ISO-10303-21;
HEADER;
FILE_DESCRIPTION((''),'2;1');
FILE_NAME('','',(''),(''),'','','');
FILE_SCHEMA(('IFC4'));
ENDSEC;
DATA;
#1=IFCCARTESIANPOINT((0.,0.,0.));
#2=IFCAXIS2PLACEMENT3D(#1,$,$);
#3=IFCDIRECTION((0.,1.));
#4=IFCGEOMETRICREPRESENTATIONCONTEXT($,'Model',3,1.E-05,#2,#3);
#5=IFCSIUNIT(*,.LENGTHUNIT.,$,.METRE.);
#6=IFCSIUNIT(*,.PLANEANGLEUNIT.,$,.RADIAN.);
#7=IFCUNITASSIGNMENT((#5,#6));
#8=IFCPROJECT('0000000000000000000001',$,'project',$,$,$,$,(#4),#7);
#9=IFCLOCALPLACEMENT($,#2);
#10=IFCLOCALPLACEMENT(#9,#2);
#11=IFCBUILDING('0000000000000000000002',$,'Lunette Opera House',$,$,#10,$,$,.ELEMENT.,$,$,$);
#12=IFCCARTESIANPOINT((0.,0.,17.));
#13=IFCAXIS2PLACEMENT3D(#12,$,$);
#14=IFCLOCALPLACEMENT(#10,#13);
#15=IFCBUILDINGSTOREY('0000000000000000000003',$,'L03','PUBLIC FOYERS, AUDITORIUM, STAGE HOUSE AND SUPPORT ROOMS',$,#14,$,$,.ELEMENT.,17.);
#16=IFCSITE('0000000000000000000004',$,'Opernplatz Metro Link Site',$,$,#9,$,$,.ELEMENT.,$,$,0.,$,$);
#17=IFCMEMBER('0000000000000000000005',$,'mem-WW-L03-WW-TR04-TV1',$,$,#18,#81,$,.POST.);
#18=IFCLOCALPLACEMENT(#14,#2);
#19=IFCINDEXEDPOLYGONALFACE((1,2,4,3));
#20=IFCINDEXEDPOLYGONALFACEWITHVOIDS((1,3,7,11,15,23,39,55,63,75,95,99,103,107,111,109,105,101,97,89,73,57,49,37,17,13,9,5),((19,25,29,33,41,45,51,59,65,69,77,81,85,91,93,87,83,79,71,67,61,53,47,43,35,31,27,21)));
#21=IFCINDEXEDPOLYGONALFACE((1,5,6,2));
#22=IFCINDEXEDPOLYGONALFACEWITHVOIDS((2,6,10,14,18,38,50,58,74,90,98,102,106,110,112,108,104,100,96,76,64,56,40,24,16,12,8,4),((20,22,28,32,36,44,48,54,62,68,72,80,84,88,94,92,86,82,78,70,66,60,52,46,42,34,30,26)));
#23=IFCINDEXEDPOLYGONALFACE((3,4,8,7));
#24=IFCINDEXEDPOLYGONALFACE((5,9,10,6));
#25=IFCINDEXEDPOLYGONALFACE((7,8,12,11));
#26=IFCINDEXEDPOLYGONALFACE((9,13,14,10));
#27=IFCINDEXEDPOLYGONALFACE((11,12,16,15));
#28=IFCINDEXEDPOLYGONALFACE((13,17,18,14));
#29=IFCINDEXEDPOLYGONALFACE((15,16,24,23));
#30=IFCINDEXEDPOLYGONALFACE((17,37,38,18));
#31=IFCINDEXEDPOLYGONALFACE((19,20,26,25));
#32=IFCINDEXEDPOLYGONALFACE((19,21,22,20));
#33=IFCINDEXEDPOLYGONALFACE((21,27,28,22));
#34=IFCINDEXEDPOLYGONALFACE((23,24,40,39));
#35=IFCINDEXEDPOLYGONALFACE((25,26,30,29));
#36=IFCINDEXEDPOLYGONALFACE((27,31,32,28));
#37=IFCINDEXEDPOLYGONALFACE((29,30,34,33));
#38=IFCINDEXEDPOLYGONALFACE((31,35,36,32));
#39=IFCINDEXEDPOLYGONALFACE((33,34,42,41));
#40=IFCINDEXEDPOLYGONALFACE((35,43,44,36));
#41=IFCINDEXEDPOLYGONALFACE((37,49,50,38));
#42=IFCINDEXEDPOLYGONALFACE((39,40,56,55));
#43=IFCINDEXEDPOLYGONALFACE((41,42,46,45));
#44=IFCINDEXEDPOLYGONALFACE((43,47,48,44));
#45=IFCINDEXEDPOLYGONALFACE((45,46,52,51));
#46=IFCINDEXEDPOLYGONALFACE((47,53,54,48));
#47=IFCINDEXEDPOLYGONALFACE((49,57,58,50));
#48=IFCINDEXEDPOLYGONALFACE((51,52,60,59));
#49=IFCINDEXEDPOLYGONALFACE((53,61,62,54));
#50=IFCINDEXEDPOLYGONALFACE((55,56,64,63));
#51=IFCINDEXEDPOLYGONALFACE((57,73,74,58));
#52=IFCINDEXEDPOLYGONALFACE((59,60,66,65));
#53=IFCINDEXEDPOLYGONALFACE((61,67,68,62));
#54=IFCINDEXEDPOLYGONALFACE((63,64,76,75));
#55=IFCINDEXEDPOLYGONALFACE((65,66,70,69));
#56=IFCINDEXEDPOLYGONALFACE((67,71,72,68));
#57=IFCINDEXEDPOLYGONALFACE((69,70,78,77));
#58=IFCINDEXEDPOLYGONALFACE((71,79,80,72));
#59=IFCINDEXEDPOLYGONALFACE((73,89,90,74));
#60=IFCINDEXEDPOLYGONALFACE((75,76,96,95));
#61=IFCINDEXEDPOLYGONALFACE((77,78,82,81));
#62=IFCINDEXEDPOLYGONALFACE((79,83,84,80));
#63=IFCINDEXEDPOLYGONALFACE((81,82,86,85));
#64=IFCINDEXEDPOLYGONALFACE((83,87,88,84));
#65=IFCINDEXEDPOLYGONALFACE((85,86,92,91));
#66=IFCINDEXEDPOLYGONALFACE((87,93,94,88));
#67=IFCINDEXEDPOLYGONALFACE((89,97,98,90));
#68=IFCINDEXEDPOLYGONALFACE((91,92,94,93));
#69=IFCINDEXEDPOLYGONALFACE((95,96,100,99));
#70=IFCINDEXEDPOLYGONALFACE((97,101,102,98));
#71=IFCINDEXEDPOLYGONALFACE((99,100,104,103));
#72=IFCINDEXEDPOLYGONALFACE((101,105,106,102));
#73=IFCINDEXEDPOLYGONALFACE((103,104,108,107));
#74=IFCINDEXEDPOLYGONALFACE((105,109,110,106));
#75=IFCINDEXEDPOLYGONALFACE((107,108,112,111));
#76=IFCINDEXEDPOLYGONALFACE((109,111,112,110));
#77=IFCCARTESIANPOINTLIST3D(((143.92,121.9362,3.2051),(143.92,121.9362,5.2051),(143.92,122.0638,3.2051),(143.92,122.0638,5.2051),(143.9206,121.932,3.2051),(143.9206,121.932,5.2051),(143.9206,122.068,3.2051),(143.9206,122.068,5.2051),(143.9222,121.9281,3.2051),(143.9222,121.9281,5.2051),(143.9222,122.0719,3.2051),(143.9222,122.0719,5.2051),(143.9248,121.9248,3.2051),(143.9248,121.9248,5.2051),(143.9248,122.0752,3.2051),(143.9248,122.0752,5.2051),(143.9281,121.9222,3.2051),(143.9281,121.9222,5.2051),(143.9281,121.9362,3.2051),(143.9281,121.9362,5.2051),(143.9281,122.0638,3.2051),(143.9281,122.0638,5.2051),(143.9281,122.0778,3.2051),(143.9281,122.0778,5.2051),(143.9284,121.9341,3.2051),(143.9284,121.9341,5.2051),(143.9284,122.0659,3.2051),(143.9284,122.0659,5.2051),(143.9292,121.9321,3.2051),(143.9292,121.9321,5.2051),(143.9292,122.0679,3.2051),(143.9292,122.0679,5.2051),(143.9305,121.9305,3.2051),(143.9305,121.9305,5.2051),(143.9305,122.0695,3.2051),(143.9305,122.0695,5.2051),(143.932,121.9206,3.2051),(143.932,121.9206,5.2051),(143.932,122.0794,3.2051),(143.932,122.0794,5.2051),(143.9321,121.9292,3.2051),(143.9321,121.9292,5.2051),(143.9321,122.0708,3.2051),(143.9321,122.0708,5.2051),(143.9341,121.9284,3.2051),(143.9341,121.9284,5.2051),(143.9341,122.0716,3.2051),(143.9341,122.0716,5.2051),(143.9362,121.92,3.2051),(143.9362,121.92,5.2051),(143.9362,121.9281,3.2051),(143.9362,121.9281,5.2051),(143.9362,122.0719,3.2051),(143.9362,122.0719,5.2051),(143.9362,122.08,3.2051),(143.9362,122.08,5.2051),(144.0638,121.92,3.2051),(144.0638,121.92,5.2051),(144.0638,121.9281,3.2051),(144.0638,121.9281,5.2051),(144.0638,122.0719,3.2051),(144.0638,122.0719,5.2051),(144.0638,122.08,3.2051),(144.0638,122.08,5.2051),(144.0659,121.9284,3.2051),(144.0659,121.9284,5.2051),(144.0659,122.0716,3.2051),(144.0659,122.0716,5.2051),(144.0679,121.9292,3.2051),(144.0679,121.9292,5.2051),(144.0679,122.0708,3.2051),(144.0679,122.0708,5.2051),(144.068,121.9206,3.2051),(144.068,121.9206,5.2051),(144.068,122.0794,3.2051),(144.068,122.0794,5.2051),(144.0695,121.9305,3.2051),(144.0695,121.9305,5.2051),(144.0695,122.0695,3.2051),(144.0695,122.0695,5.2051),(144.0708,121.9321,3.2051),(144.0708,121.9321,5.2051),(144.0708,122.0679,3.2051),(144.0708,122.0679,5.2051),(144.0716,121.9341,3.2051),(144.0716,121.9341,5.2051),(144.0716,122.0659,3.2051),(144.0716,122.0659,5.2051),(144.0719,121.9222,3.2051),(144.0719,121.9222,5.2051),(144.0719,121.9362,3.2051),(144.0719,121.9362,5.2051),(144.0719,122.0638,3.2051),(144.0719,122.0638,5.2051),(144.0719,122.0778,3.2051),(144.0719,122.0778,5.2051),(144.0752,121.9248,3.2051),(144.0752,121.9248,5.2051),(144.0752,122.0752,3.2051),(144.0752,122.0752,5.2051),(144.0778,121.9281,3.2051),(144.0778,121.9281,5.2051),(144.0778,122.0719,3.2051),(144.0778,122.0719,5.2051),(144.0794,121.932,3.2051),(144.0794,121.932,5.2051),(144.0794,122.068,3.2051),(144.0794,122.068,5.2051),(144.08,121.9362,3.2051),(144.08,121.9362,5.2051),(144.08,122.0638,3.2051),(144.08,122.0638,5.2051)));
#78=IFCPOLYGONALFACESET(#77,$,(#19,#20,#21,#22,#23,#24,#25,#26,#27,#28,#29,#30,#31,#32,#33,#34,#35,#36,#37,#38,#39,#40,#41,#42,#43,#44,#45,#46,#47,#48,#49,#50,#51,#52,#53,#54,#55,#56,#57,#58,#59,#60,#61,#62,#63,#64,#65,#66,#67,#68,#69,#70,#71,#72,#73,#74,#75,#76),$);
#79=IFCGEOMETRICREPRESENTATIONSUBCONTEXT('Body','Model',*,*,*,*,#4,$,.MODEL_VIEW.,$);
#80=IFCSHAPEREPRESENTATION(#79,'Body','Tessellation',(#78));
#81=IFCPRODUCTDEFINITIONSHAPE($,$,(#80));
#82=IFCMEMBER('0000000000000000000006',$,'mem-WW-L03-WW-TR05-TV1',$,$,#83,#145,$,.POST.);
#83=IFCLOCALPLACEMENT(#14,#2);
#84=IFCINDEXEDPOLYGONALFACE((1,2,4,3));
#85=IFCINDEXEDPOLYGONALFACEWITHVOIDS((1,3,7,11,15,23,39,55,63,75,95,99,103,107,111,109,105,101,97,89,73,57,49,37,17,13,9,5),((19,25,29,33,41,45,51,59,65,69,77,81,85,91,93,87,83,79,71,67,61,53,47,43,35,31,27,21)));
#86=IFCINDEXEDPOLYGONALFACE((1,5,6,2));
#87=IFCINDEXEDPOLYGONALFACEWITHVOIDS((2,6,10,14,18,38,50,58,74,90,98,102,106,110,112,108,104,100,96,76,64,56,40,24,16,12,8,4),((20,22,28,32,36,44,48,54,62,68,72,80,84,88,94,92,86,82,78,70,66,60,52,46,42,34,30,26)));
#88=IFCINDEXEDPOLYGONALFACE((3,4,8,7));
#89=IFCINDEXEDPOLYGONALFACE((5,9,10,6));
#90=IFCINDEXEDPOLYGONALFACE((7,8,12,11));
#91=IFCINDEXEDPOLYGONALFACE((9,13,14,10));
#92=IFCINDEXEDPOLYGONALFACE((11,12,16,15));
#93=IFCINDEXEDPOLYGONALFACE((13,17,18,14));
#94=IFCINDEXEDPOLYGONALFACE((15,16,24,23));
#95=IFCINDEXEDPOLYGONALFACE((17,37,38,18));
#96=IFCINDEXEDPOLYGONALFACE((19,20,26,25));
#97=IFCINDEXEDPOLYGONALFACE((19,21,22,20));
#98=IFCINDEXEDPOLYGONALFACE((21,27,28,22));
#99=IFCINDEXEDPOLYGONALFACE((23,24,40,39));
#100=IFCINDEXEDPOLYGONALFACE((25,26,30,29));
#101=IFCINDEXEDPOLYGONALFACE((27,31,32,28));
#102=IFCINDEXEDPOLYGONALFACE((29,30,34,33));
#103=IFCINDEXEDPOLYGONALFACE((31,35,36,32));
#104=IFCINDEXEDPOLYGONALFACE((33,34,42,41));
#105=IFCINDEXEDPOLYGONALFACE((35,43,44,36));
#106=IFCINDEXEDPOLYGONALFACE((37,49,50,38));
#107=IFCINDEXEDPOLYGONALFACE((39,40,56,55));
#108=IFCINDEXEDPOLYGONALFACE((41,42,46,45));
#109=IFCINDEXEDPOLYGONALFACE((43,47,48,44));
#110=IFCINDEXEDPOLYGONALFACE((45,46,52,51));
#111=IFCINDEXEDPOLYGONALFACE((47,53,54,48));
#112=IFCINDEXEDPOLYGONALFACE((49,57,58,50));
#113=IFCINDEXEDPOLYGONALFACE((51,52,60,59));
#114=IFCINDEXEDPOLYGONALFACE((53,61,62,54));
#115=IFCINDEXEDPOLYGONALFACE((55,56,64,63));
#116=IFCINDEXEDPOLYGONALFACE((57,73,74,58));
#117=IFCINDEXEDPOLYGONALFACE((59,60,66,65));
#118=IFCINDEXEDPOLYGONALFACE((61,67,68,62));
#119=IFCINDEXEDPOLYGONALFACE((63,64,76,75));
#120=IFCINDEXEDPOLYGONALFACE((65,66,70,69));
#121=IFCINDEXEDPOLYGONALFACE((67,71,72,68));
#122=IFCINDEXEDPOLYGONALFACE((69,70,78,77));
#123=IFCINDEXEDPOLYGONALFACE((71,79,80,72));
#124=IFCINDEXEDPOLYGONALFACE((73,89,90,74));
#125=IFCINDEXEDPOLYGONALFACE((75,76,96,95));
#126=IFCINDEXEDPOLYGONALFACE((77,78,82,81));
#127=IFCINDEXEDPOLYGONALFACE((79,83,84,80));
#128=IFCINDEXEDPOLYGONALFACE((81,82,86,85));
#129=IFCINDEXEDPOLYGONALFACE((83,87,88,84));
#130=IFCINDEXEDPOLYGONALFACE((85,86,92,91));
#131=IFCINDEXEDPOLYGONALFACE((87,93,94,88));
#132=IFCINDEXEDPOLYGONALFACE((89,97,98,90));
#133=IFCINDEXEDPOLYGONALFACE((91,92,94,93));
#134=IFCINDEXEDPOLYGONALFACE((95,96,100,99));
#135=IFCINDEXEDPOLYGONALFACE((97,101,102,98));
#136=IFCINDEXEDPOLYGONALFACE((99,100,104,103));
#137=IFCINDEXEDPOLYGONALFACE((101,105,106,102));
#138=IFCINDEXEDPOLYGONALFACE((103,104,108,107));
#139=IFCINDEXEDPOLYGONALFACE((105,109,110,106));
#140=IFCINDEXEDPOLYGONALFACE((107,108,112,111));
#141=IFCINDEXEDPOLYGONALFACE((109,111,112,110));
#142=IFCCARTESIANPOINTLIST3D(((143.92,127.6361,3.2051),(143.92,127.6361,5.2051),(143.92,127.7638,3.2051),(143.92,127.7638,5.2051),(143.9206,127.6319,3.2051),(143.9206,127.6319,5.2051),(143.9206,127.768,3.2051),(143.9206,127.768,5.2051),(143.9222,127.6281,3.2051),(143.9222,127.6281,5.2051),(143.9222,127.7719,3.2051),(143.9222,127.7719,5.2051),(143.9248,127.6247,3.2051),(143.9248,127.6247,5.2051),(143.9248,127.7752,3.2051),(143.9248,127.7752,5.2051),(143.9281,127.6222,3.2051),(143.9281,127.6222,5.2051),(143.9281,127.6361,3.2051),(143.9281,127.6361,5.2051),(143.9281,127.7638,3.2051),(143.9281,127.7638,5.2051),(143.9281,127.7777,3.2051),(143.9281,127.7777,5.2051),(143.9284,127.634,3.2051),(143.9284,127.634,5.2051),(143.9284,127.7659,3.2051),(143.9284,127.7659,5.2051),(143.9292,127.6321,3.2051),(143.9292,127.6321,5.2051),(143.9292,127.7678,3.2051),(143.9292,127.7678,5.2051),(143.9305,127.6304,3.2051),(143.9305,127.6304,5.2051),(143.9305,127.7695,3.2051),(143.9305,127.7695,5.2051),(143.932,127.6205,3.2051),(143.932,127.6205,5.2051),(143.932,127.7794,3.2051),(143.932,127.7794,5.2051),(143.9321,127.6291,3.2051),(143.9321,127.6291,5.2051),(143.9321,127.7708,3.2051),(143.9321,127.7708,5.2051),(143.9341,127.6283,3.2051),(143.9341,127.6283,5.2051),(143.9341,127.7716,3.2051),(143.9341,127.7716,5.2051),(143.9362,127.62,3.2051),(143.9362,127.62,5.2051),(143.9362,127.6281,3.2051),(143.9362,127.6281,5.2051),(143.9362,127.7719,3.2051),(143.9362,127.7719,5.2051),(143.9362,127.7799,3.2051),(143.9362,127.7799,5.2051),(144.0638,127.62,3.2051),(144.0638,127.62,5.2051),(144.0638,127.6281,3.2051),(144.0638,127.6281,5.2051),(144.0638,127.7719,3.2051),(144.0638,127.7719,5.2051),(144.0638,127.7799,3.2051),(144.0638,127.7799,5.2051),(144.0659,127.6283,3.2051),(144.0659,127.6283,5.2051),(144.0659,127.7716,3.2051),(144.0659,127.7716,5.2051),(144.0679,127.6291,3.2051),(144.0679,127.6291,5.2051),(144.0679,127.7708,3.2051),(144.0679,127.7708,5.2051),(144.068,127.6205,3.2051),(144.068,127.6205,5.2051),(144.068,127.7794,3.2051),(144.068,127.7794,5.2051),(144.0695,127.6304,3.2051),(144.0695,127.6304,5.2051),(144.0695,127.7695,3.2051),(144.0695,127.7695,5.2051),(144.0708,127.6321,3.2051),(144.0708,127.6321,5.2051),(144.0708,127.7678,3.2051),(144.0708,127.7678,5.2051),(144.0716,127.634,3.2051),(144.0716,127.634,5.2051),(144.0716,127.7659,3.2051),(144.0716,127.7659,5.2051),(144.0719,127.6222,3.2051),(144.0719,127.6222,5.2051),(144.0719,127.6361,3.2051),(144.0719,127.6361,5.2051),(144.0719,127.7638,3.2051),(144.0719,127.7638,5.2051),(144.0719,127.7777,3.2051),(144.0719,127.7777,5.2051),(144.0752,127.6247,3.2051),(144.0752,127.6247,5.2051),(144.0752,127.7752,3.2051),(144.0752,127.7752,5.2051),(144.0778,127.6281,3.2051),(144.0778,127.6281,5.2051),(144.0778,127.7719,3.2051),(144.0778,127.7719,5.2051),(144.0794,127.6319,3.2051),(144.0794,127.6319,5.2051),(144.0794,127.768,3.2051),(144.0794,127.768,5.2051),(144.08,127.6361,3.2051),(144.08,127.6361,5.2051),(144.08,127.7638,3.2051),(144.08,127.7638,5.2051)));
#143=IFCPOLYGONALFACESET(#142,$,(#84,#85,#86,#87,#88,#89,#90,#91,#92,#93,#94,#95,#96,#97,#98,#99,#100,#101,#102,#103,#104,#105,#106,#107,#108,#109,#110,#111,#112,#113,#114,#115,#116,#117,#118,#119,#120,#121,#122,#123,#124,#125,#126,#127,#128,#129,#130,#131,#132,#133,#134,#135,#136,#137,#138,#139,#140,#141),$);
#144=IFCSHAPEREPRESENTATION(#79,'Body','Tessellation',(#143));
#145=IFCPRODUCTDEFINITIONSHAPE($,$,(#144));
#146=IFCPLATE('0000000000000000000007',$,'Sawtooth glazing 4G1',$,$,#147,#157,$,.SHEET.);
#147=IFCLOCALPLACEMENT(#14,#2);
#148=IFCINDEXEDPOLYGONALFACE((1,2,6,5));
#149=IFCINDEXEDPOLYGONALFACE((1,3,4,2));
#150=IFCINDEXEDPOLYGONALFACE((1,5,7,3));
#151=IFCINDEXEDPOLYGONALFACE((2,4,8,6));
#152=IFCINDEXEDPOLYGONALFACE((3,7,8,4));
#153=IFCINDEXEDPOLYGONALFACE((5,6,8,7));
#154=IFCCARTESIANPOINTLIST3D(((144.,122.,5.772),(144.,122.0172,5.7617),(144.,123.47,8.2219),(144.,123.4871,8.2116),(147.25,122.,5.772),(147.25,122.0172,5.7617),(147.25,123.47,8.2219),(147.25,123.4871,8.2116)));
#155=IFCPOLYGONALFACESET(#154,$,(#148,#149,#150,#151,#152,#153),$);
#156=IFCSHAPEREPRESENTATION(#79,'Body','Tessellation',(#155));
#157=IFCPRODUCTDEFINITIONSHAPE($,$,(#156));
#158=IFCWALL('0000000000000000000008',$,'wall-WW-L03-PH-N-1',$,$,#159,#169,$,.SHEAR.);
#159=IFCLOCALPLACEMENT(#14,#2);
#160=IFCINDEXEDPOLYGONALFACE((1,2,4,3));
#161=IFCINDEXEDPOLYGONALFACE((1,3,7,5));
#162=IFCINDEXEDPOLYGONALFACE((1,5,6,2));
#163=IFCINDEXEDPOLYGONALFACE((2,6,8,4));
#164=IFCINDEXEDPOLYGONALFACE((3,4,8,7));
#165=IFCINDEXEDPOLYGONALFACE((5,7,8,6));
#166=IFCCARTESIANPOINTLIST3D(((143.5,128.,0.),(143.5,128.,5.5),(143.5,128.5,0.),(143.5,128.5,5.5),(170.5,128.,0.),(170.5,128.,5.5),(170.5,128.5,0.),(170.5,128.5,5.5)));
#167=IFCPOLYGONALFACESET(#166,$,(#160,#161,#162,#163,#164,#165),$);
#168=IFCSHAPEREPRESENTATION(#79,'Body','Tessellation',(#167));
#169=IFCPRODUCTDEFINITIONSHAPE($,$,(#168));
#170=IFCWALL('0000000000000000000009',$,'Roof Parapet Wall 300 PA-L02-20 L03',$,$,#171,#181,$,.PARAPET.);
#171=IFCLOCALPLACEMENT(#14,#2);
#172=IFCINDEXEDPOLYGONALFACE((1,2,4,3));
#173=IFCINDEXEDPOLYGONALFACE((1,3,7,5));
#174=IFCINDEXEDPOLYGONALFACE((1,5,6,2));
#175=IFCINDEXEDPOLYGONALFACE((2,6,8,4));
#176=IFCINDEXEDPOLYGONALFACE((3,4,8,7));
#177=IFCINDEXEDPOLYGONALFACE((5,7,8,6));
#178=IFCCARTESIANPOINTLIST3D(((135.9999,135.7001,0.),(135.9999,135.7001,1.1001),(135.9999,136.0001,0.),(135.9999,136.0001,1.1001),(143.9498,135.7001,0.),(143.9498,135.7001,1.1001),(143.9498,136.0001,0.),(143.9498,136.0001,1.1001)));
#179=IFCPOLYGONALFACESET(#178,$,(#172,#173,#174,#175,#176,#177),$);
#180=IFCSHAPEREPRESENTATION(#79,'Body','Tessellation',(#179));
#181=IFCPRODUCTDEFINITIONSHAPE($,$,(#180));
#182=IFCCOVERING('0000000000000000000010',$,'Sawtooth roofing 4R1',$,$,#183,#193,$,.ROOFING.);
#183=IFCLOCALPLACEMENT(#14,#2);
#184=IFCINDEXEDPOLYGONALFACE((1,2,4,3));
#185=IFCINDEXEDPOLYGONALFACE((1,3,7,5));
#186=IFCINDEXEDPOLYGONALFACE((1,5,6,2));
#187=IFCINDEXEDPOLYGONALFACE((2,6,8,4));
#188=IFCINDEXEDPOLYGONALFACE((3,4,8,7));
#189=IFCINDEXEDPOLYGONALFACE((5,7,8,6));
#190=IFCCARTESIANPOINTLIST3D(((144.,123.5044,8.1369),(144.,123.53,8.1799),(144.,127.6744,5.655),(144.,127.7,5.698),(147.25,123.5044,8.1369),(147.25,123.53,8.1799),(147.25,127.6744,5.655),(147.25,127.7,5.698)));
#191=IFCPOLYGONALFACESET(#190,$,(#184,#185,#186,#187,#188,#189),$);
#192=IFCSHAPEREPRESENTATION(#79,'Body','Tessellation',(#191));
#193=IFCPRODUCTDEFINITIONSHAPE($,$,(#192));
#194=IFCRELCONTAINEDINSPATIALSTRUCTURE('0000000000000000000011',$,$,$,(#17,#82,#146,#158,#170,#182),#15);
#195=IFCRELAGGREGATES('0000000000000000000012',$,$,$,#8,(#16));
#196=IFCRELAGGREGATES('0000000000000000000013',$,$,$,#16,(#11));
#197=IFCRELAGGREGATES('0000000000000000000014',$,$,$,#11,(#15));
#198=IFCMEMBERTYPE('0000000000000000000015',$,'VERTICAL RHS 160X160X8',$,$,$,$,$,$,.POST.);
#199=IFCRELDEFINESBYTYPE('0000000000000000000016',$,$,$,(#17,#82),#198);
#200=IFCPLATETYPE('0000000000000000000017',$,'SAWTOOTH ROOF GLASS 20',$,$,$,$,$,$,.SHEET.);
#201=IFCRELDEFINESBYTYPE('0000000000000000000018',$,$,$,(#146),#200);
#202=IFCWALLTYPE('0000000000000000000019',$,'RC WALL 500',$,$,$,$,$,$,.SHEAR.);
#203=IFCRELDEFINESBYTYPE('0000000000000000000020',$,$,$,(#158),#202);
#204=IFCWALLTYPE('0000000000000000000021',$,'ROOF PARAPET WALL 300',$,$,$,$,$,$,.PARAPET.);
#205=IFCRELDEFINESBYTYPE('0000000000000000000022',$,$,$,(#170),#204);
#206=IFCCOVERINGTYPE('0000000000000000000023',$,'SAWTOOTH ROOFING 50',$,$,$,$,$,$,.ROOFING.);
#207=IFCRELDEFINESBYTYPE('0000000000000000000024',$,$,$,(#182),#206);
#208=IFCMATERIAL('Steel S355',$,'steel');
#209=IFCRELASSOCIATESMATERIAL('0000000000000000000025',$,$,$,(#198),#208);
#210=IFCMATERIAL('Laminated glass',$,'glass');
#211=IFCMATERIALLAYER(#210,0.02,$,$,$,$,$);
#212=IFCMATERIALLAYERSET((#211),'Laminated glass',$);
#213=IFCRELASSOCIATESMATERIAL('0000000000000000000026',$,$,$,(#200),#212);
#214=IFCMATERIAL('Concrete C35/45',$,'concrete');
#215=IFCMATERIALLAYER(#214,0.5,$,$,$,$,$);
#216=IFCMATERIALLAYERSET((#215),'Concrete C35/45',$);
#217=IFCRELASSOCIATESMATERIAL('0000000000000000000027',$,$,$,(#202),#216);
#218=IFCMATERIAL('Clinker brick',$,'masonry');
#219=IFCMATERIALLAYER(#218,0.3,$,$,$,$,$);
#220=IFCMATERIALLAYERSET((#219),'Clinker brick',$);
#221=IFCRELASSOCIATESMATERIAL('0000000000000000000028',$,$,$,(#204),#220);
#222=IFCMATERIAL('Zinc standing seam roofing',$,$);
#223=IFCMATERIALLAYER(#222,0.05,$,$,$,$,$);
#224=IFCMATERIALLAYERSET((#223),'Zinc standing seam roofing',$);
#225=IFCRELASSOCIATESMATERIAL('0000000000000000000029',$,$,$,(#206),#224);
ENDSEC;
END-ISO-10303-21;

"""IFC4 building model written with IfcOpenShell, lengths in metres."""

from ifc_helpers import new_model, si_unit, direction, frame, frame_2d, origin, origin_2d, place, context, subcontext, project, spatial, polyline, rectangle, hollow_rectangle, outline, extrude, material, layer, layer_set, material_profile, profile_set, type_object, element, save


model = new_model("IFC4")

# Units and contexts
model_context = context("Model", 3, precision=1e-05, world=origin(), true_north=direction((0.0, 1.0)))
body_context = subcontext(model_context, "Body", "Model", "MODEL_VIEW")
ifc_project = project(units=[si_unit("LENGTHUNIT", "METRE"), si_unit("PLANEANGLEUNIT", "RADIAN")], contexts=[model_context])

# Site, building, storey
site_placement = place(None, origin())
site = spatial("IfcSite", under=ifc_project, at=site_placement, Name="Opernplatz Metro Link Site", CompositionType="ELEMENT", RefElevation=0.0)
building_placement = place(site_placement, origin())
building = spatial("IfcBuilding", under=site, at=building_placement, Name="Lunette Opera House", CompositionType="ELEMENT")
storey_placement = place(building_placement, frame((0.0, 0.0, 17.0)))
storey = spatial("IfcBuildingStorey", under=building, at=storey_placement, Name="L03", Description="PUBLIC FOYERS, AUDITORIUM, STAGE HOUSE AND SUPPORT ROOMS", CompositionType="ELEMENT", Elevation=17.0)

# Members
ifc_material_1 = material(Name="Steel S355", Category="steel")
ifc_material_profile_1 = material_profile(ifc_material_1, hollow_rectangle(XDim=0.1599, YDim=0.1599, WallThickness=0.0081, InnerFilletRadius=0.0081, OuterFilletRadius=0.0161, at=origin_2d()), Name="RHS 160X160X8")
ifc_profile_set_1 = profile_set([ifc_material_profile_1], Name="Steel S355")
member_type_1 = type_object("IfcMemberType", Name="VERTICAL RHS 160X160X8", PredefinedType="POST", material=ifc_profile_set_1)
for number, where, z_axis, x_axis, name in (
    (1, (144.0, 122.0, 3.2051), (0.0, 0.0, 1.0), (1.0, 0.0, 0.0), "mem-WW-L03-WW-TR04-TV1"),
    (2, (144.0, 127.7, 3.2051), (0.0, 0.0, 1.0), (1.0, 0.0, 0.0), "mem-WW-L03-WW-TR05-TV1"),
):
    element("IfcMember", number, at=place(storey_placement, frame(where, z_axis=z_axis, x_axis=x_axis)), inside=storey, type_object=member_type_1, Name=name, PredefinedType="POST", context=body_context, shape_type="SweptSolid", body=[
        extrude(hollow_rectangle(XDim=0.1599, YDim=0.1599, WallThickness=0.0081, InnerFilletRadius=0.0081, OuterFilletRadius=0.0161, at=origin_2d()), origin(), (0.0, 0.0, 1.0), 2.0),
    ])

# Plate
ifc_material_2 = material(Name="Laminated glass", Category="glass")
ifc_layer_1 = layer(ifc_material_2, 0.02)
ifc_layer_set_1 = layer_set([ifc_layer_1], Name="Laminated glass")
plate_type = type_object("IfcPlateType", Name="SAWTOOTH ROOF GLASS 20", PredefinedType="SHEET", material=ifc_layer_set_1)
plate_placement = place(storey_placement, frame((144.0, 122.0, 5.772), z_axis=(0.0, -0.857493, 0.514496), x_axis=(1.0, 0.0, 0.0)))
element("IfcPlate", 3, at=plate_placement, inside=storey, type_object=plate_type, Name="Sawtooth glazing 4G1", PredefinedType="SHEET", context=body_context, shape_type="SweptSolid", body=[
    extrude(outline(polyline([(0.0, 0.0), (3.25, 0.0), (3.25, 2.8571), (0.0, 2.8571), (0.0, 0.0)])), origin(), (0.0, 0.0, -1.0), 0.02),
])

# Walls
ifc_material_3 = material(Name="Concrete C35/45", Category="concrete")
ifc_layer_2 = layer(ifc_material_3, 0.5)
ifc_layer_set_2 = layer_set([ifc_layer_2], Name="Concrete C35/45")
wall_type_1 = type_object("IfcWallType", Name="RC WALL 500", PredefinedType="SHEAR", material=ifc_layer_set_2)
wall_1_placement = place(storey_placement, frame((143.5, 128.25, 0.0), z_axis=(0.0, 0.0, 1.0), x_axis=(1.0, 0.0, 0.0)))
element("IfcWall", 4, at=wall_1_placement, inside=storey, type_object=wall_type_1, Name="wall-WW-L03-PH-N-1", PredefinedType="SHEAR", context=body_context, shape_type="SweptSolid", body=[
    extrude(rectangle(XDim=27.0, YDim=0.5, at=frame_2d((13.5, 0.0))), origin(), (0.0, 0.0, 1.0), 5.5),
])
ifc_material_4 = material(Name="Clinker brick", Category="masonry")
ifc_layer_3 = layer(ifc_material_4, 0.3)
ifc_layer_set_3 = layer_set([ifc_layer_3], Name="Clinker brick")
wall_type_2 = type_object("IfcWallType", Name="ROOF PARAPET WALL 300", PredefinedType="PARAPET", material=ifc_layer_set_3)
wall_2_placement = place(storey_placement, frame((143.95, 135.8501, 0.0), z_axis=(0.0, 0.0, 1.0), x_axis=(-1.0, 0.0, 0.0)))
element("IfcWall", 5, at=wall_2_placement, inside=storey, type_object=wall_type_2, Name="Roof Parapet Wall 300 PA-L02-20 L03", PredefinedType="PARAPET", context=body_context, shape_type="SweptSolid", body=[
    extrude(rectangle(XDim=7.95, YDim=0.3, at=frame_2d((3.9751, 0.0))), origin(), (0.0, 0.0, 1.0), 1.1001),
])

# Covering
ifc_material_5 = material(Name="Zinc standing seam roofing")
ifc_layer_4 = layer(ifc_material_5, 0.05)
ifc_layer_set_4 = layer_set([ifc_layer_4], Name="Zinc standing seam roofing")
covering_type = type_object("IfcCoveringType", Name="SAWTOOTH ROOFING 50", PredefinedType="ROOFING", material=ifc_layer_set_4)
covering_placement = place(storey_placement, frame((144.0, 123.53, 8.1799), z_axis=(0.0, 0.511459, 0.859308), x_axis=(1.0, 0.0, 0.0)))
element("IfcCovering", 6, at=covering_placement, inside=storey, type_object=covering_type, Name="Sawtooth roofing 4R1", PredefinedType="ROOFING", context=body_context, shape_type="SweptSolid", body=[
    extrude(outline(polyline([(0.0, 0.0), (3.25, 0.0), (3.25, 4.8527), (0.0, 4.8527), (0.0, 0.0)])), origin(), (0.0, 0.0, -1.0), 0.05),
])

save(model, "model.ifc")
